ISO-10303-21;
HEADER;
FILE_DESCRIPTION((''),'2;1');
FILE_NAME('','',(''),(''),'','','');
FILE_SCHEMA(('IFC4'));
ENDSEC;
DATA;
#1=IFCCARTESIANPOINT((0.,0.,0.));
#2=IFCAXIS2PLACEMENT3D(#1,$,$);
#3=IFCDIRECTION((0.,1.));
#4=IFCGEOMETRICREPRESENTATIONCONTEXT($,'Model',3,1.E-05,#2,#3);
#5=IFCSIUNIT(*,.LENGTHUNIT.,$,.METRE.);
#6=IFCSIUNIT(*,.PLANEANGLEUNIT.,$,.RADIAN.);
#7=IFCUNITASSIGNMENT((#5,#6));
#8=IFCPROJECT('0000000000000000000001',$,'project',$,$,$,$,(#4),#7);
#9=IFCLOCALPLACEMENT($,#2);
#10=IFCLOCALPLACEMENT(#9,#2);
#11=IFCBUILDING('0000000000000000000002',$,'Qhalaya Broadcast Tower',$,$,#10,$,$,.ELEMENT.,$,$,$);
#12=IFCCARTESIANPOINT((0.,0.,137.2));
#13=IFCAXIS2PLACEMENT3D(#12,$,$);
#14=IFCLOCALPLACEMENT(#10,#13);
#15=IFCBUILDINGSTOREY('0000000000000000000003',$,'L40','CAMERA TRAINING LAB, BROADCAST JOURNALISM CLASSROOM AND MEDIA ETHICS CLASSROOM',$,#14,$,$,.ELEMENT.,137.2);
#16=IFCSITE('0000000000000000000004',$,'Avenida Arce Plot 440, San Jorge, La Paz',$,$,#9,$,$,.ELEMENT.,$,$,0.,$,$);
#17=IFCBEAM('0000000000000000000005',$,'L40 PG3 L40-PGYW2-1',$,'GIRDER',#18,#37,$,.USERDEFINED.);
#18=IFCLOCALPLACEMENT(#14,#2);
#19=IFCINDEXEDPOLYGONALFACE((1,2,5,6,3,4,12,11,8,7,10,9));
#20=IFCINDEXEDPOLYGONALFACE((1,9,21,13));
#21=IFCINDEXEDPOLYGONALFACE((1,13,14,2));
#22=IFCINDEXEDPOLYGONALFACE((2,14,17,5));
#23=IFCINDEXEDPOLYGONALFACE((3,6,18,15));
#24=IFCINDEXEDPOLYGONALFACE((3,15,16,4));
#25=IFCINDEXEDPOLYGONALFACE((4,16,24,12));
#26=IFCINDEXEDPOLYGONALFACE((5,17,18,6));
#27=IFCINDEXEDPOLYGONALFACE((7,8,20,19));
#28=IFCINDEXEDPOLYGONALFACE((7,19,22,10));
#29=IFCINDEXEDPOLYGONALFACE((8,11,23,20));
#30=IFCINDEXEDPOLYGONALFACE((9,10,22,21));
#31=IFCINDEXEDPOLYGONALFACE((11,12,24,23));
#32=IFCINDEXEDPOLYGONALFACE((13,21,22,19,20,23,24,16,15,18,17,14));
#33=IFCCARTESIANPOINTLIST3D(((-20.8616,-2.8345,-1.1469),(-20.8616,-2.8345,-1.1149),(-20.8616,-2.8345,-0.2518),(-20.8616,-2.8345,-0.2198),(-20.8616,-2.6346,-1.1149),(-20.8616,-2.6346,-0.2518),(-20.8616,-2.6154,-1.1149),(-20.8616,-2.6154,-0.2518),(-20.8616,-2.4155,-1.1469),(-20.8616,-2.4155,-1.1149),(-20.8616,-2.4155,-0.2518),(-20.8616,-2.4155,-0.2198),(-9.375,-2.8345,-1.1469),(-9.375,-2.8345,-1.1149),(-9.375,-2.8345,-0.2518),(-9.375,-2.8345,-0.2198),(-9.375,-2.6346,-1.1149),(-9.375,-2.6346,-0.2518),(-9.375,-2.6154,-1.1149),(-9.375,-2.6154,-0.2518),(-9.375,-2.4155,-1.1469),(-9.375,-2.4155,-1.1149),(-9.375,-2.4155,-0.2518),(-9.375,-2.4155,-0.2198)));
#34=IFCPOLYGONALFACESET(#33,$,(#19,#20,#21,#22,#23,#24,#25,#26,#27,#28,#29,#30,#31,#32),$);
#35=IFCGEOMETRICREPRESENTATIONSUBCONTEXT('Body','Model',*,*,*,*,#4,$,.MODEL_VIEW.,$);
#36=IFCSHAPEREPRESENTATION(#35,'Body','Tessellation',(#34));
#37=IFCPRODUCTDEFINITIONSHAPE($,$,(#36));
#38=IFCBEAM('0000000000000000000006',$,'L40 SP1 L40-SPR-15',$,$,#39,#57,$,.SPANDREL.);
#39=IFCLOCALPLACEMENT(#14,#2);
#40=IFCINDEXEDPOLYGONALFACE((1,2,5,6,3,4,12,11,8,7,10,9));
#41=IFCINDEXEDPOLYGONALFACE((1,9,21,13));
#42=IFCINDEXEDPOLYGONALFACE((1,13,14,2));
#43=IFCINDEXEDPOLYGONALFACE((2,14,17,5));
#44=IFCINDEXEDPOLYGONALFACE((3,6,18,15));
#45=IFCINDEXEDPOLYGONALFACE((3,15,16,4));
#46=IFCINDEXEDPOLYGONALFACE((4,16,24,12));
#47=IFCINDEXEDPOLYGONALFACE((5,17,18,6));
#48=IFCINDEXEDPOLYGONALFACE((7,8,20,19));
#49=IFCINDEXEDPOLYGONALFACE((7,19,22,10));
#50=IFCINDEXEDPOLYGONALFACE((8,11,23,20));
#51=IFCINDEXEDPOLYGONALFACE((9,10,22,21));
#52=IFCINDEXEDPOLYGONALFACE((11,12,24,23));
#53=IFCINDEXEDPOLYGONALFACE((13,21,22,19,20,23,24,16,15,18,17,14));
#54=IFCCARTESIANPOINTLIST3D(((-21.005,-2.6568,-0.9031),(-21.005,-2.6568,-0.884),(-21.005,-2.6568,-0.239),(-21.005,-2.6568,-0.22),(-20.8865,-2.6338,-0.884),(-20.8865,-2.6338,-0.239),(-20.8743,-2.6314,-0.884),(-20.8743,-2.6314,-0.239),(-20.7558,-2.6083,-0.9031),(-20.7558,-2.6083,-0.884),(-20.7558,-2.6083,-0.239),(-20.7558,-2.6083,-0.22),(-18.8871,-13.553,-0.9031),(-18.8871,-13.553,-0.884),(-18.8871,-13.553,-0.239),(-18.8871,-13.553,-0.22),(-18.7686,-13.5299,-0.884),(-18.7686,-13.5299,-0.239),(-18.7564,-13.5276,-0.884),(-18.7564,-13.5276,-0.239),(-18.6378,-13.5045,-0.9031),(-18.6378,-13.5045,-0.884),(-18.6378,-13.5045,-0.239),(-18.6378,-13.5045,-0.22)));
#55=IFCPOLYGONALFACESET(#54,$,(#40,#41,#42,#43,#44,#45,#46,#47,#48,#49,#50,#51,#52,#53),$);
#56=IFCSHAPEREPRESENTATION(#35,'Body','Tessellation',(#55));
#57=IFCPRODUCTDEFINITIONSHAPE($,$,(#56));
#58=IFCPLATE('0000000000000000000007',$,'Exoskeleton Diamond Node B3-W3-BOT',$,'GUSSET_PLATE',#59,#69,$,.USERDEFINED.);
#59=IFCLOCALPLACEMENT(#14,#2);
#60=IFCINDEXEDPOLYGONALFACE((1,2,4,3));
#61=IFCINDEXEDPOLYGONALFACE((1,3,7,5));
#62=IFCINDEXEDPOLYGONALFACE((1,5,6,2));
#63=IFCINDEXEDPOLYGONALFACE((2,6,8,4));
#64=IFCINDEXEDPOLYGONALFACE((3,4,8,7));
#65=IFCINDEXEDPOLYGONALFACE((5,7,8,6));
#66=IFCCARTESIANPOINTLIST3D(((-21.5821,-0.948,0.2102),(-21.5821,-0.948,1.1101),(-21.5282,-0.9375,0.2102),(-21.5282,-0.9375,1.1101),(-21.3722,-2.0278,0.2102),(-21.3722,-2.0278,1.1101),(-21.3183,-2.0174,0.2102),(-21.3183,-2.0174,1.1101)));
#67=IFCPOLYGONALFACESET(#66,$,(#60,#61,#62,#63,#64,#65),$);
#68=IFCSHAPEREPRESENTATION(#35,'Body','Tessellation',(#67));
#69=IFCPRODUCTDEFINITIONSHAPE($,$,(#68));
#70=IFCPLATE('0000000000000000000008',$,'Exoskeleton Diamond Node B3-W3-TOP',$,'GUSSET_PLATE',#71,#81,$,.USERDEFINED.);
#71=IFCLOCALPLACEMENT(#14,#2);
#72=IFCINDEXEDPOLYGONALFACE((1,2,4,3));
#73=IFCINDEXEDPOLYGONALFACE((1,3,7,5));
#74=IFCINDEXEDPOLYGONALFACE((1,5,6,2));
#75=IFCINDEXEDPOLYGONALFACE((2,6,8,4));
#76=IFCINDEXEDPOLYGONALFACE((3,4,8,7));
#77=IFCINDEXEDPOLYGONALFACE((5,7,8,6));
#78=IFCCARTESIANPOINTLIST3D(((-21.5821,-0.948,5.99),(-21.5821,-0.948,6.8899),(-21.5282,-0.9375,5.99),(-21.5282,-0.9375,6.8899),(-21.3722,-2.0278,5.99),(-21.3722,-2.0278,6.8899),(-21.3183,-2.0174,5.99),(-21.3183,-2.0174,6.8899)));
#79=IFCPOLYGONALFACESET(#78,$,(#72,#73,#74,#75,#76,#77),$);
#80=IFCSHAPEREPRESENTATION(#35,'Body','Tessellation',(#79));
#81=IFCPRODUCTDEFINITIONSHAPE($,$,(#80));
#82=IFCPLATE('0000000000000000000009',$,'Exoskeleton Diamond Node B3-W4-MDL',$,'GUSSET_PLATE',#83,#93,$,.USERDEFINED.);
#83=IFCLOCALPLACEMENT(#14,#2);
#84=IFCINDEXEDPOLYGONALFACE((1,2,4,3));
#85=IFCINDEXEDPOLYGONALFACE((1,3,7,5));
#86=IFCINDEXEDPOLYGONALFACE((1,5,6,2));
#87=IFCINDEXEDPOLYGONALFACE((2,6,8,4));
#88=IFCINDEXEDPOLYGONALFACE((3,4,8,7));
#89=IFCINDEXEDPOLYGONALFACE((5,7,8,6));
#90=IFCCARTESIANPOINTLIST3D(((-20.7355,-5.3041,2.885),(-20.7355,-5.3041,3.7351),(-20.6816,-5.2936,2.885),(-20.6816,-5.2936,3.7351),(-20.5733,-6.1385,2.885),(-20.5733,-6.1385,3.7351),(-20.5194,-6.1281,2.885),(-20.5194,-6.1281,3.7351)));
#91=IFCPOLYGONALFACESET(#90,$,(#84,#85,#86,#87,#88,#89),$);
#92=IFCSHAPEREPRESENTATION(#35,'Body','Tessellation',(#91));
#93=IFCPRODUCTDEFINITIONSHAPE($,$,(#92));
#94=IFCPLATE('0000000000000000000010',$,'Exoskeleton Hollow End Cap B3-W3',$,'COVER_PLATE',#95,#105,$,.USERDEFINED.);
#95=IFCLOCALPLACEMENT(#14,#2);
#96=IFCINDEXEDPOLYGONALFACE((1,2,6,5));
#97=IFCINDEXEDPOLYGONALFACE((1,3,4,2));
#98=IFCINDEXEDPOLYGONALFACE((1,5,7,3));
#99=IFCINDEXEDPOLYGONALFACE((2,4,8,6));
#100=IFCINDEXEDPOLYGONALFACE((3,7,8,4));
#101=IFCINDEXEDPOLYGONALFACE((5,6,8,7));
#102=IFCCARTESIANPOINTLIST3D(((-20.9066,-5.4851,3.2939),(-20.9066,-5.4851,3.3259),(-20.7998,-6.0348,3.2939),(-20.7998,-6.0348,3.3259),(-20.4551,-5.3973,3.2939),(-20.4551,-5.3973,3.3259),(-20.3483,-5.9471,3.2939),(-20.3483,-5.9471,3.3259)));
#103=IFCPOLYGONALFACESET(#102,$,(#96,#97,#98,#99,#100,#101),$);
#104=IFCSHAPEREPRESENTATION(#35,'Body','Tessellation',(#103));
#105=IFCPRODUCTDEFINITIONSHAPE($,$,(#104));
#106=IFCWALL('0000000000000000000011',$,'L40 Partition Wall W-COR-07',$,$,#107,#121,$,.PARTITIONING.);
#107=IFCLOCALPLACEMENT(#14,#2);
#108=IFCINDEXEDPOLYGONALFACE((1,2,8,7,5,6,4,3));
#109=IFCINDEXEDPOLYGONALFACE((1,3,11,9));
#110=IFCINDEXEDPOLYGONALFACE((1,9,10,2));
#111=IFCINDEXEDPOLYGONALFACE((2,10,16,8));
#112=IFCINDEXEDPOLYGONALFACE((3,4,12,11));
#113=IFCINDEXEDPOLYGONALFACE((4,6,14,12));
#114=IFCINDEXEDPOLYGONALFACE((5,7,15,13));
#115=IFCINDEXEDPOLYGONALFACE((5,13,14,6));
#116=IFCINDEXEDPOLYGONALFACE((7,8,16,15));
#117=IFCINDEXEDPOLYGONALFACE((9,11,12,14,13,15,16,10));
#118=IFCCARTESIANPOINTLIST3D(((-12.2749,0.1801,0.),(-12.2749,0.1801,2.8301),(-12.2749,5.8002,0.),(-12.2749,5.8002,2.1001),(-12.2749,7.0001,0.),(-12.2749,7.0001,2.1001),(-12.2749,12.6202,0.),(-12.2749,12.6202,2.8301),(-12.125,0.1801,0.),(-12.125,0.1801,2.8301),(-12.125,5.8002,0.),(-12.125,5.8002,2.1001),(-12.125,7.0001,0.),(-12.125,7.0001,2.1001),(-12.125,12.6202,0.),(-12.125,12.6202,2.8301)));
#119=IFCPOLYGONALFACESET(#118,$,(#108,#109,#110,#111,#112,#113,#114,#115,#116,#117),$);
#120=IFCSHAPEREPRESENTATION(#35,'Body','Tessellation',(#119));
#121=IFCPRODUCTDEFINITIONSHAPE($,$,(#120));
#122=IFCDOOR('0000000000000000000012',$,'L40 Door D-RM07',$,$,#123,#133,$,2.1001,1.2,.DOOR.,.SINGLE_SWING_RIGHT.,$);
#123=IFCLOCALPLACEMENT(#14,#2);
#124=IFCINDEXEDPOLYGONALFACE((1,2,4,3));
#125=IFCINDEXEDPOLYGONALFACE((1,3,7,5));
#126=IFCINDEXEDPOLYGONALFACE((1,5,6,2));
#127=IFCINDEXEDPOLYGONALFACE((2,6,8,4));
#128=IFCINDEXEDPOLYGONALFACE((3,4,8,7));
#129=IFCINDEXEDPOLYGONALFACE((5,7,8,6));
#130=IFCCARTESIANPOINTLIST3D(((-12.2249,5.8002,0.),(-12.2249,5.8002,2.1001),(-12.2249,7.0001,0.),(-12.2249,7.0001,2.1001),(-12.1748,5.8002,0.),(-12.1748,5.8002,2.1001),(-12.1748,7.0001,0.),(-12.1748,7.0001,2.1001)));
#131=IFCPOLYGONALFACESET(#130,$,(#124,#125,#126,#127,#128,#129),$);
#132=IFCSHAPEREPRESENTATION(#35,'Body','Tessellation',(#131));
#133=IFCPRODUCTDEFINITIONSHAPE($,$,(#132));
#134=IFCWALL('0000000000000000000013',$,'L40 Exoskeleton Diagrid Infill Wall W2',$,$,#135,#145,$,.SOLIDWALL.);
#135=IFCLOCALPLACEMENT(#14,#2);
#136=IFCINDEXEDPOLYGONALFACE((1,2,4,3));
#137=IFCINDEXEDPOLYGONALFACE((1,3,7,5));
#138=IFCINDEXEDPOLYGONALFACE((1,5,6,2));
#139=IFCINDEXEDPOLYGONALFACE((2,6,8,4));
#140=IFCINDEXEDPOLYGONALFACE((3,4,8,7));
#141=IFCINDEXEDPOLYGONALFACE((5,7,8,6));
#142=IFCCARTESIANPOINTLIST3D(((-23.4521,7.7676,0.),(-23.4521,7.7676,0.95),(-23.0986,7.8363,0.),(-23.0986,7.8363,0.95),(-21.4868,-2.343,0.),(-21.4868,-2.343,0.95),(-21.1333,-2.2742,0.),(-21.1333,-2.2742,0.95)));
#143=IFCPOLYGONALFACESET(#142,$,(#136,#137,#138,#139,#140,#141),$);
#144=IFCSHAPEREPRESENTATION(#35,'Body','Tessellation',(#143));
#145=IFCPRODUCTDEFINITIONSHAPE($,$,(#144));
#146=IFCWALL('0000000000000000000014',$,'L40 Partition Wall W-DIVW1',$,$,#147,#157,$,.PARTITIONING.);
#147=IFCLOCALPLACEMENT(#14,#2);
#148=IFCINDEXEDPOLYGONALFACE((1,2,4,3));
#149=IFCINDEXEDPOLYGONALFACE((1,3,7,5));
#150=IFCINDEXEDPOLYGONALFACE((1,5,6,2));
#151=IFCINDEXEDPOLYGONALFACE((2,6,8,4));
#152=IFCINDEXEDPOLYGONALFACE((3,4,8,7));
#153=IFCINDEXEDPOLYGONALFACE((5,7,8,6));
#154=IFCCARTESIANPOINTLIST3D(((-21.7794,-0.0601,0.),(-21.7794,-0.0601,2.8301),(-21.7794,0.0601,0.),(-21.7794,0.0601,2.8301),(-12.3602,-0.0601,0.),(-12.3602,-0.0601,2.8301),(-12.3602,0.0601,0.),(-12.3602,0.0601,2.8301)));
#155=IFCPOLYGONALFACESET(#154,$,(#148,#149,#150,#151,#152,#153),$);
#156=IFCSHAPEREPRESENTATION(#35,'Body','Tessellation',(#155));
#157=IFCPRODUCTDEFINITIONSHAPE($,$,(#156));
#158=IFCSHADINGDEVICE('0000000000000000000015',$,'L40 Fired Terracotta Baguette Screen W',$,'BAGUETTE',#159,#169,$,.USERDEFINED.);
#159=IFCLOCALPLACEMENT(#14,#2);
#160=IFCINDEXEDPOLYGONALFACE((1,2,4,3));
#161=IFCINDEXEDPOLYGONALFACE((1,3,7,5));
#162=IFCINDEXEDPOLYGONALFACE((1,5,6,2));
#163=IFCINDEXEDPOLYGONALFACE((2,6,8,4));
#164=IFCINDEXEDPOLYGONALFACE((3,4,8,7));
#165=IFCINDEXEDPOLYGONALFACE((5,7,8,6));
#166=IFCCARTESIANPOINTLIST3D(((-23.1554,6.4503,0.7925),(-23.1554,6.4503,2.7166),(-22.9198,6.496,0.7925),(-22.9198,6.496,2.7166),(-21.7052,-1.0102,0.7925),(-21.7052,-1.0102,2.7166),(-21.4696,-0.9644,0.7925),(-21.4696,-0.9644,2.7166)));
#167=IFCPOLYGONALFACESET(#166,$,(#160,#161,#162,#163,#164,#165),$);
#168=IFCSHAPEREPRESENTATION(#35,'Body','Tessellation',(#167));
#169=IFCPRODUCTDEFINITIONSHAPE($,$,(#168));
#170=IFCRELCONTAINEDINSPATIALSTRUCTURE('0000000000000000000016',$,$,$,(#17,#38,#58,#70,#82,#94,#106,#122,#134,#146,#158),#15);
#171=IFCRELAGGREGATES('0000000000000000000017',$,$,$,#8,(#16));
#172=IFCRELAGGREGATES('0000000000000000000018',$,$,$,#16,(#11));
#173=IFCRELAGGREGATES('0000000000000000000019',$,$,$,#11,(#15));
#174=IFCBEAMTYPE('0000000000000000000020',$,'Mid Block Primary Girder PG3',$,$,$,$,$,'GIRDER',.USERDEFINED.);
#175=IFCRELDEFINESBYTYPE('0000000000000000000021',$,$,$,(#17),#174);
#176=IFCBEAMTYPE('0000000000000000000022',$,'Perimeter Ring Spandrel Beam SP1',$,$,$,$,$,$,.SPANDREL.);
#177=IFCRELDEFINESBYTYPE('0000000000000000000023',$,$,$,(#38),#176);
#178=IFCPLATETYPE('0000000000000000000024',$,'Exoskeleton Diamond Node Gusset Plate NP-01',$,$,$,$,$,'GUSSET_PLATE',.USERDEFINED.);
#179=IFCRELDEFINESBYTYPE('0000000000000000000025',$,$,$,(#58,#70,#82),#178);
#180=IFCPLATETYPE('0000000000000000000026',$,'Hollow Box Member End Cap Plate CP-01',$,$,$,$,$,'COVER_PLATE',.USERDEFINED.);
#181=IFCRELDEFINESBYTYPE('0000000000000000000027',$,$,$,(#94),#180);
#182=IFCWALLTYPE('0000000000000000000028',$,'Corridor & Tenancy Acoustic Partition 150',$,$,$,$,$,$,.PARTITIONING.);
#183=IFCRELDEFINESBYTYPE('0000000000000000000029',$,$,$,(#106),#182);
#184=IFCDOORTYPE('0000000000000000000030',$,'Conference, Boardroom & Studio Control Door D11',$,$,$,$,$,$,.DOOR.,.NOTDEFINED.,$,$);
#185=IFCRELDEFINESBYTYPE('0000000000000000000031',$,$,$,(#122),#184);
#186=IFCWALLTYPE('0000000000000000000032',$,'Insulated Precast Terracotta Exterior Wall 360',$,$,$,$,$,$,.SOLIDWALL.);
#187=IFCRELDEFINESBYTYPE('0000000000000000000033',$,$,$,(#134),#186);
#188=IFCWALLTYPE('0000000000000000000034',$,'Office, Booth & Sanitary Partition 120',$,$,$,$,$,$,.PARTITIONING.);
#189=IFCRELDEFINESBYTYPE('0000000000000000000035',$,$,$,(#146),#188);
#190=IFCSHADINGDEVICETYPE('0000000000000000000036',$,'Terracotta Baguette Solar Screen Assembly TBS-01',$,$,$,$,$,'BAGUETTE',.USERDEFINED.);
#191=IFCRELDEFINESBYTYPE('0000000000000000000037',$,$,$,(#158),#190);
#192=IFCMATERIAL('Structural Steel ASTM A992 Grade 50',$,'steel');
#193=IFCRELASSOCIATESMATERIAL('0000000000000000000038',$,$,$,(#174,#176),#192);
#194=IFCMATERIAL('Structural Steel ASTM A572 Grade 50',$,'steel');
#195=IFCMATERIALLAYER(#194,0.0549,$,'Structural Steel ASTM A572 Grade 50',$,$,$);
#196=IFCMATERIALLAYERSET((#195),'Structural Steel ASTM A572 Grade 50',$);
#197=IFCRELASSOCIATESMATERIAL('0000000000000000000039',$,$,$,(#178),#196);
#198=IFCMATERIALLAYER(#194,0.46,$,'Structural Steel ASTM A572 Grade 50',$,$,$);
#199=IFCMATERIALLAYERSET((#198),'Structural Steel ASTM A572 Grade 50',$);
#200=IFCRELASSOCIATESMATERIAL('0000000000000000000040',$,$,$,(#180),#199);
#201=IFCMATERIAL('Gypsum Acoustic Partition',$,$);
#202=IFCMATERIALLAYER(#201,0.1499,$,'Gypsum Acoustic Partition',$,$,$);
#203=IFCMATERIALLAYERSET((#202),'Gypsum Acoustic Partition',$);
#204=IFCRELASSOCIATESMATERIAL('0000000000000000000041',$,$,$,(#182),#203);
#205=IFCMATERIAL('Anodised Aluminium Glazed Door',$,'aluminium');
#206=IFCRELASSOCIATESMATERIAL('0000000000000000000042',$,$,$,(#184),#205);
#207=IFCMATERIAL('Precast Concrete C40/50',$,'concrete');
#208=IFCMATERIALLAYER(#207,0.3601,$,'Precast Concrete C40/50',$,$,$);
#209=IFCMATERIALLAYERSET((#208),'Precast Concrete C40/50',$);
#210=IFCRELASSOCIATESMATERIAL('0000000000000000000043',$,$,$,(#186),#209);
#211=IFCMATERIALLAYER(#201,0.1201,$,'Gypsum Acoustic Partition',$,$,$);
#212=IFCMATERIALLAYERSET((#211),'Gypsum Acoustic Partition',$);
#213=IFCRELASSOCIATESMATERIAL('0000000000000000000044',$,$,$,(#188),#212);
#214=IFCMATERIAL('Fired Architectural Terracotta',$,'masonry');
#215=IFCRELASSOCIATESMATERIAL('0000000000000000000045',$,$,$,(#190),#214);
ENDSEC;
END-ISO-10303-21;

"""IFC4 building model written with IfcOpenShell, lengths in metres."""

from ifc_helpers import new_model, si_unit, direction, frame, frame_2d, origin, origin_2d, place, context, subcontext, project, spatial, rectangle, i_section, extrude, material, layer, layer_set, material_profile, profile_set, type_object, element, fill, save


model = new_model("IFC4")

# Units and contexts
model_context = context("Model", 3, precision=1e-05, world=origin(), true_north=direction((0.0, 1.0)))
body_context = subcontext(model_context, "Body", "Model", "MODEL_VIEW")
ifc_project = project(units=[si_unit("LENGTHUNIT", "METRE"), si_unit("PLANEANGLEUNIT", "RADIAN")], contexts=[model_context])

# Site, building, storey
site_placement = place(None, origin())
site = spatial("IfcSite", under=ifc_project, at=site_placement, Name="Avenida Arce Plot 440, San Jorge, La Paz", CompositionType="ELEMENT", RefElevation=0.0)
building_placement = place(site_placement, origin())
building = spatial("IfcBuilding", under=site, at=building_placement, Name="Qhalaya Broadcast Tower", CompositionType="ELEMENT")
storey_placement = place(building_placement, frame((0.0, 0.0, 137.2)))
storey = spatial("IfcBuildingStorey", under=building, at=storey_placement, Name="L40", Description="CAMERA TRAINING LAB, BROADCAST JOURNALISM CLASSROOM AND MEDIA ETHICS CLASSROOM", CompositionType="ELEMENT", Elevation=137.2)

# Shared definitions
ifc_material_1 = material(Name="Structural Steel ASTM A572 Grade 50", Category="steel")

# Shared definitions
ifc_material_2 = material(Name="Structural Steel ASTM A992 Grade 50", Category="steel")

# Beams
ifc_material_profile_1 = material_profile(ifc_material_2, i_section(OverallWidth=0.4189, OverallDepth=0.927, WebThickness=0.0193, FlangeThickness=0.032, at=origin_2d()), Name="W36X231")
ifc_profile_set_1 = profile_set([ifc_material_profile_1], Name="Structural Steel ASTM A992 Grade 50")
beam_type_1 = type_object("IfcBeamType", Name="Mid Block Primary Girder PG3", ElementType="GIRDER", PredefinedType="USERDEFINED", material=ifc_profile_set_1)
beam_1_placement = place(storey_placement, frame((-20.8616, -2.625, -0.6833), z_axis=(1.0, 0.0, 0.0), x_axis=(0.0, 1.0, 0.0)))
element("IfcBeam", 1, at=beam_1_placement, inside=storey, type_object=beam_type_1, Name="L40 PG3 L40-PGYW2-1", ObjectType="GIRDER", PredefinedType="USERDEFINED", context=body_context, shape_type="SweptSolid", body=[
    extrude(i_section(OverallWidth=0.4189, OverallDepth=0.927, WebThickness=0.0193, FlangeThickness=0.032, at=origin_2d()), origin(), (0.0, 0.0, 1.0), 11.4866),
])
ifc_material_profile_2 = material_profile(ifc_material_2, i_section(OverallWidth=0.2539, OverallDepth=0.6831, WebThickness=0.0125, FlangeThickness=0.019, at=origin_2d()), Name="W27X94")
ifc_profile_set_2 = profile_set([ifc_material_profile_2], Name="Structural Steel ASTM A992 Grade 50")
beam_type_2 = type_object("IfcBeamType", Name="Perimeter Ring Spandrel Beam SP1", PredefinedType="SPANDREL", material=ifc_profile_set_2)
beam_2_placement = place(storey_placement, frame((-20.8804, -2.6326, -0.5615), z_axis=(0.190801, -0.981629, 0.0), x_axis=(0.981629, 0.190801, 0.0)))
element("IfcBeam", 2, at=beam_2_placement, inside=storey, type_object=beam_type_2, Name="L40 SP1 L40-SPR-15", PredefinedType="SPANDREL", context=body_context, shape_type="SweptSolid", body=[
    extrude(i_section(OverallWidth=0.2539, OverallDepth=0.6831, WebThickness=0.0125, FlangeThickness=0.019, at=origin_2d()), origin(), (0.0, 0.0, 1.0), 11.1001),
])

# Plates
ifc_layer_1 = layer(ifc_material_1, 0.0549, Name="Structural Steel ASTM A572 Grade 50")
ifc_layer_set_1 = layer_set([ifc_layer_1], Name="Structural Steel ASTM A572 Grade 50")
plate_type_1 = type_object("IfcPlateType", Name="Exoskeleton Diamond Node Gusset Plate NP-01", ElementType="GUSSET_PLATE", PredefinedType="USERDEFINED", material=ifc_layer_set_1)
for number, where, z_axis, x_axis, name in (
    (3, (-21.4502, -1.4827, 0.2102), (0.0, 0.0, 1.0), (-0.190809, 0.981627, 0.0), "Exoskeleton Diamond Node B3-W3-BOT"),
    (4, (-21.4502, -1.4827, 5.99), (0.0, 0.0, 1.0), (-0.190809, 0.981627, 0.0), "Exoskeleton Diamond Node B3-W3-TOP"),
):
    element("IfcPlate", number, at=place(storey_placement, frame(where, z_axis=z_axis, x_axis=x_axis)), inside=storey, type_object=plate_type_1, Name=name, ObjectType="GUSSET_PLATE", PredefinedType="USERDEFINED", context=body_context, shape_type="SweptSolid", body=[
        extrude(rectangle(XDim=1.1001, YDim=0.0549, at=origin_2d()), origin(), (0.0, 0.0, 1.0), 0.8999),
    ])
plate_1_placement = place(storey_placement, frame((-20.6274, -5.7161, 2.885), z_axis=(0.0, 0.0, 1.0), x_axis=(-0.190809, 0.981627, 0.0)))
element("IfcPlate", 5, at=plate_1_placement, inside=storey, type_object=plate_type_1, Name="Exoskeleton Diamond Node B3-W4-MDL", ObjectType="GUSSET_PLATE", PredefinedType="USERDEFINED", context=body_context, shape_type="SweptSolid", body=[
    extrude(rectangle(XDim=0.8501, YDim=0.0549, at=origin_2d()), origin(), (0.0, 0.0, 1.0), 0.8501),
])
ifc_layer_2 = layer(ifc_material_1, 0.46, Name="Structural Steel ASTM A572 Grade 50")
ifc_layer_set_2 = layer_set([ifc_layer_2], Name="Structural Steel ASTM A572 Grade 50")
plate_type_2 = type_object("IfcPlateType", Name="Hollow Box Member End Cap Plate CP-01", ElementType="COVER_PLATE", PredefinedType="USERDEFINED", material=ifc_layer_set_2)
plate_2_placement = place(storey_placement, frame((-20.6274, -5.7161, 3.2939), z_axis=(0.0, 0.0, 1.0), x_axis=(-0.190809, 0.981627, 0.0)))
element("IfcPlate", 6, at=plate_2_placement, inside=storey, type_object=plate_type_2, Name="Exoskeleton Hollow End Cap B3-W3", ObjectType="COVER_PLATE", PredefinedType="USERDEFINED", context=body_context, shape_type="SweptSolid", body=[
    extrude(rectangle(XDim=0.5601, YDim=0.46, at=origin_2d()), origin(), (0.0, 0.0, 1.0), 0.032),
])

# Wall, opening, door
ifc_material_3 = material(Name="Gypsum Acoustic Partition")
ifc_layer_3 = layer(ifc_material_3, 0.1499, Name="Gypsum Acoustic Partition")
ifc_layer_set_3 = layer_set([ifc_layer_3], Name="Gypsum Acoustic Partition")
wall_type_1 = type_object("IfcWallType", Name="Corridor & Tenancy Acoustic Partition 150", PredefinedType="PARTITIONING", material=ifc_layer_set_3)
wall_1_placement = place(storey_placement, frame((-12.2, 0.1799, 0.0), z_axis=(0.0, 0.0, 1.0), x_axis=(0.0, 1.0, 0.0)))
wall_1 = element("IfcWall", 7, at=wall_1_placement, inside=storey, type_object=wall_type_1, Name="L40 Partition Wall W-COR-07", PredefinedType="PARTITIONING", context=body_context, shape_type="SweptSolid", body=[
    extrude(rectangle(XDim=12.4402, YDim=0.1499, at=frame_2d((6.2202, 0.0))), origin(), (0.0, 0.0, 1.0), 2.8301),
])
opening_placement = place(wall_1_placement, frame((5.6201, 0.0, 0.0)))
opening = element("IfcOpeningElement", 8, at=opening_placement, cuts=wall_1, PredefinedType="OPENING", context=body_context, shape_type="SweptSolid", body=[
    extrude(rectangle(XDim=1.2, YDim=2.1001, at=frame_2d((0.6001, 1.05))), frame((0.0, 0.0869, 0.0), z_axis=(0.0, -1.0, 0.0), x_axis=(1.0, 0.0, 0.0)), (0.0, 0.0, 1.0), 0.1738),
])
ifc_material_4 = material(Name="Anodised Aluminium Glazed Door", Category="aluminium")
door_type = type_object("IfcDoorType", Name="Conference, Boardroom & Studio Control Door D11", OperationType="NOTDEFINED", PredefinedType="DOOR", material=ifc_material_4)
door_placement = place(opening_placement, origin())
door = element("IfcDoor", 9, at=door_placement, inside=storey, type_object=door_type, Name="L40 Door D-RM07", OperationType="SINGLE_SWING_RIGHT", OverallHeight=2.1001, OverallWidth=1.2, PredefinedType="DOOR", context=body_context, shape_type="SweptSolid", body=[
    extrude(rectangle(XDim=1.2, YDim=2.1001, at=frame_2d((0.6001, 1.05))), frame((0.0, 0.0249, 0.0), z_axis=(0.0, -1.0, 0.0), x_axis=(1.0, 0.0, 0.0)), (0.0, 0.0, 1.0), 0.05),
])
fill(opening, door)

# Walls
ifc_material_5 = material(Name="Precast Concrete C40/50", Category="concrete")
ifc_layer_4 = layer(ifc_material_5, 0.3601, Name="Precast Concrete C40/50")
ifc_layer_set_4 = layer_set([ifc_layer_4], Name="Precast Concrete C40/50")
wall_type_2 = type_object("IfcWallType", Name="Insulated Precast Terracotta Exterior Wall 360", PredefinedType="SOLIDWALL", material=ifc_layer_set_4)
wall_2_placement = place(storey_placement, frame((-21.3101, -2.3086, 0.0), z_axis=(0.0, 0.0, 1.0), x_axis=(-0.190812, 0.981627, 0.0)))
element("IfcWall", 10, at=wall_2_placement, inside=storey, type_object=wall_type_2, Name="L40 Exoskeleton Diagrid Infill Wall W2", PredefinedType="SOLIDWALL", context=body_context, shape_type="SweptSolid", body=[
    extrude(rectangle(XDim=10.2998, YDim=0.3601, at=frame_2d((5.1499, 0.0))), origin(), (0.0, 0.0, 1.0), 0.95),
])
ifc_layer_5 = layer(ifc_material_3, 0.1201, Name="Gypsum Acoustic Partition")
ifc_layer_set_5 = layer_set([ifc_layer_5], Name="Gypsum Acoustic Partition")
wall_type_3 = type_object("IfcWallType", Name="Office, Booth & Sanitary Partition 120", PredefinedType="PARTITIONING", material=ifc_layer_set_5)
wall_3_placement = place(storey_placement, frame((-21.7793, 0.0, 0.0), z_axis=(0.0, 0.0, 1.0), x_axis=(1.0, 0.0, 0.0)))
element("IfcWall", 11, at=wall_3_placement, inside=storey, type_object=wall_type_3, Name="L40 Partition Wall W-DIVW1", PredefinedType="PARTITIONING", context=body_context, shape_type="SweptSolid", body=[
    extrude(rectangle(XDim=9.4192, YDim=0.1201, at=frame_2d((4.7095, 0.0))), origin(), (0.0, 0.0, 1.0), 2.8301),
])

# Shading device
ifc_material_6 = material(Name="Fired Architectural Terracotta", Category="masonry")
shading_device_type = type_object("IfcShadingDeviceType", Name="Terracotta Baguette Solar Screen Assembly TBS-01", ElementType="BAGUETTE", PredefinedType="USERDEFINED", material=ifc_material_6)
shading_device_placement = place(storey_placement, frame((-22.3125, 2.7429, 0.7925), z_axis=(0.0, 0.0, 1.0), x_axis=(0.190809, -0.981627, 0.0)))
element("IfcShadingDevice", 12, at=shading_device_placement, inside=storey, type_object=shading_device_type, Name="L40 Fired Terracotta Baguette Screen W", ObjectType="BAGUETTE", PredefinedType="USERDEFINED", context=body_context, shape_type="SweptSolid", body=[
    extrude(rectangle(XDim=7.6001, YDim=0.24, at=origin_2d()), origin(), (0.0, 0.0, 1.0), 1.9241),
])

save(model, "model.ifc")
